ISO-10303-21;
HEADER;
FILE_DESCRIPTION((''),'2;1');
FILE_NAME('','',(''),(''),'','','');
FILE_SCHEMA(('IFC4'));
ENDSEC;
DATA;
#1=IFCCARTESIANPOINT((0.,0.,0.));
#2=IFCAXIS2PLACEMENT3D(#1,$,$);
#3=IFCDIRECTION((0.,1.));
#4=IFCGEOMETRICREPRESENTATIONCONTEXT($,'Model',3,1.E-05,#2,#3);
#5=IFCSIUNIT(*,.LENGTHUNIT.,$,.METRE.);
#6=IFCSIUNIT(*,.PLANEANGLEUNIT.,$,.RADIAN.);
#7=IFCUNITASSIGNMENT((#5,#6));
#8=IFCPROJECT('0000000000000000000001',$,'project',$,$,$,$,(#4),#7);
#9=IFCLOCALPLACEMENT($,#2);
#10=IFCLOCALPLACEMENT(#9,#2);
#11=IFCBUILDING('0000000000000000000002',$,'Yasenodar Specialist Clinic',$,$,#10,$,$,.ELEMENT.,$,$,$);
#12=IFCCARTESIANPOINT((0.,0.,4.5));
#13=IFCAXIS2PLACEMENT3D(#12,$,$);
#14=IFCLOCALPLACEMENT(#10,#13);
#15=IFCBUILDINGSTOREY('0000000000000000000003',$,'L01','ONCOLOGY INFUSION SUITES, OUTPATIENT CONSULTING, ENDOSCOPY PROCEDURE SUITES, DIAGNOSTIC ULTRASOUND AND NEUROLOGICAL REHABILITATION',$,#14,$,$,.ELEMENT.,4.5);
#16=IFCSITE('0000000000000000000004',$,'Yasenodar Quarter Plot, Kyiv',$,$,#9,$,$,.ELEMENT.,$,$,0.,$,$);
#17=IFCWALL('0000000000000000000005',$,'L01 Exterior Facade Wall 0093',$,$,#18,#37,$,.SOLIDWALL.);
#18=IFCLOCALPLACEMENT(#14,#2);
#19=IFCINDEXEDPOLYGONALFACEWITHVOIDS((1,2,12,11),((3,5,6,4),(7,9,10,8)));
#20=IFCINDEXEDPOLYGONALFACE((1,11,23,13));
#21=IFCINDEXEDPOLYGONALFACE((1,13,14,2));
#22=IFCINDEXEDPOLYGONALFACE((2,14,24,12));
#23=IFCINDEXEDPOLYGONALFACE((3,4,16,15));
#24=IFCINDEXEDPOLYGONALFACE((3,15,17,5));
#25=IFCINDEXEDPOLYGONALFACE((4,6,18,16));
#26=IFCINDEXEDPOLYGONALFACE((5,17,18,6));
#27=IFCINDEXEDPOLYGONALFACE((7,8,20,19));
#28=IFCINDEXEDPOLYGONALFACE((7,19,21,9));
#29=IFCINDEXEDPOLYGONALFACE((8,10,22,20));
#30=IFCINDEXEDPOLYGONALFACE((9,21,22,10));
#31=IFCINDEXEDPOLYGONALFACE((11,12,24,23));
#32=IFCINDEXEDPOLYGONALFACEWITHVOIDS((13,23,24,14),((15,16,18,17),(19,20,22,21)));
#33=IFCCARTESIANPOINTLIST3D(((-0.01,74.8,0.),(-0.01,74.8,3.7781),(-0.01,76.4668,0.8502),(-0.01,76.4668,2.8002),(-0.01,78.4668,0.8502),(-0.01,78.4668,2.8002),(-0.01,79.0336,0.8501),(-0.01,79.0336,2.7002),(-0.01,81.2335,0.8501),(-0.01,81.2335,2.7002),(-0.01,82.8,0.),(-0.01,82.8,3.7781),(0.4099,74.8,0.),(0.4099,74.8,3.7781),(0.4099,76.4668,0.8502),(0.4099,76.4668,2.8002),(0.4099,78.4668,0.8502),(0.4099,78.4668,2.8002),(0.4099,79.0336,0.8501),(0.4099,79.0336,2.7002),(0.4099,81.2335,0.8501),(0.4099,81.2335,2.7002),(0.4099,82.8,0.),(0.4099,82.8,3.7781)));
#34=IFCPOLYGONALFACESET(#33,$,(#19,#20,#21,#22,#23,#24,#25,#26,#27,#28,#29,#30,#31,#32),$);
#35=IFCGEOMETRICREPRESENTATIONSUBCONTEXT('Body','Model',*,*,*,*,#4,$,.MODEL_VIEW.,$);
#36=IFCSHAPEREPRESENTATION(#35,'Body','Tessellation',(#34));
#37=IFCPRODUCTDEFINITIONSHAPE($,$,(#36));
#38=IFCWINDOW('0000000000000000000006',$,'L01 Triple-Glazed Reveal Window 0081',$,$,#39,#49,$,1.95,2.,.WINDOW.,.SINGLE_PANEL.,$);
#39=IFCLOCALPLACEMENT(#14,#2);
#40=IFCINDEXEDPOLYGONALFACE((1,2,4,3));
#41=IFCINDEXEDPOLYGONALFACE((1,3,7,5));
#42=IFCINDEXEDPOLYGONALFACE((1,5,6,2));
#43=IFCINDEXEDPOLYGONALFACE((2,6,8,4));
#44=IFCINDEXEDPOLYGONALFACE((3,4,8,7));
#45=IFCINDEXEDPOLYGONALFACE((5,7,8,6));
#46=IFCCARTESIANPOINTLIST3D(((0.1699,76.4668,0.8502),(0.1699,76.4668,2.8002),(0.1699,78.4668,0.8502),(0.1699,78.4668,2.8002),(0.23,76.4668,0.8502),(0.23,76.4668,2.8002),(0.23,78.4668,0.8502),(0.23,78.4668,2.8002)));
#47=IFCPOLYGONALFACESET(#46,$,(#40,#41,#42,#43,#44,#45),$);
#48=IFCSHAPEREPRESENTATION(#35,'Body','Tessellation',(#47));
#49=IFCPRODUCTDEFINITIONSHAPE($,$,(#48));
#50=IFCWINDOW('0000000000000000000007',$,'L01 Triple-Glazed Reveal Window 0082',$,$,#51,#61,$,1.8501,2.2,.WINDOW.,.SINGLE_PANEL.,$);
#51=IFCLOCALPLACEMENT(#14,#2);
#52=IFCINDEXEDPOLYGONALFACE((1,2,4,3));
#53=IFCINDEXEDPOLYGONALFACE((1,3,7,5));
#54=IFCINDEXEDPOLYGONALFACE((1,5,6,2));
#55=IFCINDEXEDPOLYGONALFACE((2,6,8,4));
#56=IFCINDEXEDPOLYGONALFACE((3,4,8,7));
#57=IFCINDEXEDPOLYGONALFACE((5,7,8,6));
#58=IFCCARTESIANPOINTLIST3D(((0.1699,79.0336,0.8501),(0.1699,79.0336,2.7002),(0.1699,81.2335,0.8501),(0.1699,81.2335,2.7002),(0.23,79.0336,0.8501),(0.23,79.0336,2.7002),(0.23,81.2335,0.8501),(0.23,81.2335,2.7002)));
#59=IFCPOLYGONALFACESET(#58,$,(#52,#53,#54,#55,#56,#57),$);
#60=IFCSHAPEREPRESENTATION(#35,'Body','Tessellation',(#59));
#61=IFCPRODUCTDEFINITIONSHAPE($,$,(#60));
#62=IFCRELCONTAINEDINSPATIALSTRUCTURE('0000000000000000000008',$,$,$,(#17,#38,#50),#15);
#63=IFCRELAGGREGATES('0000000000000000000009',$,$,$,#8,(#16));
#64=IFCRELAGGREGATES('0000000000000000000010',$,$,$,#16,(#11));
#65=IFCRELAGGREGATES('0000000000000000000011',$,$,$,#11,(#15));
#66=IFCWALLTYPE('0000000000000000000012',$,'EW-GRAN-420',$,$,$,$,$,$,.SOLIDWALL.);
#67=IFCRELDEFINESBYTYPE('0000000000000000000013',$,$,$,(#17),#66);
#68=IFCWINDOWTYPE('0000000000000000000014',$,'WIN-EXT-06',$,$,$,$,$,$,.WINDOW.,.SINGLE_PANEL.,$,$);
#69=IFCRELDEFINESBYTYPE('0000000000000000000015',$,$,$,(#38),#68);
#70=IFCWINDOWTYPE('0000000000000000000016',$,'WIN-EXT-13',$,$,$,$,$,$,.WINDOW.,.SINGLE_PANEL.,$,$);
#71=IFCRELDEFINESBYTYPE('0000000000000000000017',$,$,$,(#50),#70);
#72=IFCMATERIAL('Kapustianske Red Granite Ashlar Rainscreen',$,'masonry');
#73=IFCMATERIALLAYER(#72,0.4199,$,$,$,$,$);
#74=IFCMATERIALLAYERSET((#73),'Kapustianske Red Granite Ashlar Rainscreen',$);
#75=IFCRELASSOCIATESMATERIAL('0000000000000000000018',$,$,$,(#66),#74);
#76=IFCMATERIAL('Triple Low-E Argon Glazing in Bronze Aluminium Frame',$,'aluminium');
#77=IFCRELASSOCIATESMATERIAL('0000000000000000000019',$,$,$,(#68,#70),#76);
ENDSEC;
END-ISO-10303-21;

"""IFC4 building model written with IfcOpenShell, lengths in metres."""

from ifc_helpers import new_model, si_unit, direction, frame, frame_2d, origin, place, context, subcontext, project, spatial, rectangle, extrude, material, layer, layer_set, type_object, element, fill, save


model = new_model("IFC4")

# Units and contexts
model_context = context("Model", 3, precision=1e-05, world=origin(), true_north=direction((0.0, 1.0)))
body_context = subcontext(model_context, "Body", "Model", "MODEL_VIEW")
ifc_project = project(units=[si_unit("LENGTHUNIT", "METRE"), si_unit("PLANEANGLEUNIT", "RADIAN")], contexts=[model_context])

# Site, building, storey
site_placement = place(None, origin())
site = spatial("IfcSite", under=ifc_project, at=site_placement, Name="Yasenodar Quarter Plot, Kyiv", CompositionType="ELEMENT", RefElevation=0.0)
building_placement = place(site_placement, origin())
building = spatial("IfcBuilding", under=site, at=building_placement, Name="Yasenodar Specialist Clinic", CompositionType="ELEMENT")
storey_placement = place(building_placement, frame((0.0, 0.0, 4.5)))
storey = spatial("IfcBuildingStorey", under=building, at=storey_placement, Name="L01", Description="ONCOLOGY INFUSION SUITES, OUTPATIENT CONSULTING, ENDOSCOPY PROCEDURE SUITES, DIAGNOSTIC ULTRASOUND AND NEUROLOGICAL REHABILITATION", CompositionType="ELEMENT", Elevation=4.5)

# Wall, openings, windows
ifc_material_1 = material(Name="Kapustianske Red Granite Ashlar Rainscreen", Category="masonry")
ifc_layer_1 = layer(ifc_material_1, 0.4199)
ifc_layer_set_1 = layer_set([ifc_layer_1], Name="Kapustianske Red Granite Ashlar Rainscreen")
wall_type = type_object("IfcWallType", Name="EW-GRAN-420", PredefinedType="SOLIDWALL", material=ifc_layer_set_1)
wall_placement = place(storey_placement, frame((0.2, 74.8, 0.0), z_axis=(0.0, 0.0, 1.0), x_axis=(0.0, 1.0, 0.0)))
wall = element("IfcWall", 1, at=wall_placement, inside=storey, type_object=wall_type, Name="L01 Exterior Facade Wall 0093", PredefinedType="SOLIDWALL", context=body_context, shape_type="SweptSolid", body=[
    extrude(rectangle(XDim=8.0, YDim=0.4199, at=frame_2d((4.0, 0.0))), origin(), (0.0, 0.0, 1.0), 3.7781),
])
opening_1_placement = place(wall_placement, frame((1.6667, 0.0, 0.8501)))
opening_1 = element("IfcOpeningElement", 2, at=opening_1_placement, cuts=wall, PredefinedType="OPENING", context=body_context, shape_type="SweptSolid", body=[
    extrude(rectangle(XDim=2.0, YDim=1.95, at=frame_2d((1.0, 0.9751))), frame((0.0, 0.22, 0.0), z_axis=(0.0, -1.0, 0.0), x_axis=(1.0, 0.0, 0.0)), (0.0, 0.0, 1.0), 0.4399),
])
opening_2_placement = place(wall_placement, frame((4.2334, 0.0, 0.8501)))
opening_2 = element("IfcOpeningElement", 3, at=opening_2_placement, cuts=wall, PredefinedType="OPENING", context=body_context, shape_type="SweptSolid", body=[
    extrude(rectangle(XDim=2.2, YDim=1.8501, at=frame_2d((1.1001, 0.925))), frame((0.0, 0.22, 0.0), z_axis=(0.0, -1.0, 0.0), x_axis=(1.0, 0.0, 0.0)), (0.0, 0.0, 1.0), 0.4399),
])
ifc_material_2 = material(Name="Triple Low-E Argon Glazing in Bronze Aluminium Frame", Category="aluminium")
window_type_1 = type_object("IfcWindowType", Name="WIN-EXT-06", PartitioningType="SINGLE_PANEL", PredefinedType="WINDOW", material=ifc_material_2)
window_1_placement = place(opening_1_placement, origin())
window_1 = element("IfcWindow", 4, at=window_1_placement, inside=storey, type_object=window_type_1, Name="L01 Triple-Glazed Reveal Window 0081", OverallHeight=1.95, OverallWidth=2.0, PartitioningType="SINGLE_PANEL", PredefinedType="WINDOW", context=body_context, shape_type="SweptSolid", body=[
    extrude(rectangle(XDim=2.0, YDim=1.95, at=frame_2d((1.0, 0.9751))), frame((0.0, 0.03, 0.0), z_axis=(0.0, -1.0, 0.0), x_axis=(1.0, 0.0, 0.0)), (0.0, 0.0, 1.0), 0.0601),
])
fill(opening_1, window_1)
window_type_2 = type_object("IfcWindowType", Name="WIN-EXT-13", PartitioningType="SINGLE_PANEL", PredefinedType="WINDOW", material=ifc_material_2)
window_2_placement = place(opening_2_placement, origin())
window_2 = element("IfcWindow", 5, at=window_2_placement, inside=storey, type_object=window_type_2, Name="L01 Triple-Glazed Reveal Window 0082", OverallHeight=1.8501, OverallWidth=2.2, PartitioningType="SINGLE_PANEL", PredefinedType="WINDOW", context=body_context, shape_type="SweptSolid", body=[
    extrude(rectangle(XDim=2.2, YDim=1.8501, at=frame_2d((1.1001, 0.925))), frame((0.0, 0.03, 0.0), z_axis=(0.0, -1.0, 0.0), x_axis=(1.0, 0.0, 0.0)), (0.0, 0.0, 1.0), 0.0601),
])
fill(opening_2, window_2)

save(model, "model.ifc")
